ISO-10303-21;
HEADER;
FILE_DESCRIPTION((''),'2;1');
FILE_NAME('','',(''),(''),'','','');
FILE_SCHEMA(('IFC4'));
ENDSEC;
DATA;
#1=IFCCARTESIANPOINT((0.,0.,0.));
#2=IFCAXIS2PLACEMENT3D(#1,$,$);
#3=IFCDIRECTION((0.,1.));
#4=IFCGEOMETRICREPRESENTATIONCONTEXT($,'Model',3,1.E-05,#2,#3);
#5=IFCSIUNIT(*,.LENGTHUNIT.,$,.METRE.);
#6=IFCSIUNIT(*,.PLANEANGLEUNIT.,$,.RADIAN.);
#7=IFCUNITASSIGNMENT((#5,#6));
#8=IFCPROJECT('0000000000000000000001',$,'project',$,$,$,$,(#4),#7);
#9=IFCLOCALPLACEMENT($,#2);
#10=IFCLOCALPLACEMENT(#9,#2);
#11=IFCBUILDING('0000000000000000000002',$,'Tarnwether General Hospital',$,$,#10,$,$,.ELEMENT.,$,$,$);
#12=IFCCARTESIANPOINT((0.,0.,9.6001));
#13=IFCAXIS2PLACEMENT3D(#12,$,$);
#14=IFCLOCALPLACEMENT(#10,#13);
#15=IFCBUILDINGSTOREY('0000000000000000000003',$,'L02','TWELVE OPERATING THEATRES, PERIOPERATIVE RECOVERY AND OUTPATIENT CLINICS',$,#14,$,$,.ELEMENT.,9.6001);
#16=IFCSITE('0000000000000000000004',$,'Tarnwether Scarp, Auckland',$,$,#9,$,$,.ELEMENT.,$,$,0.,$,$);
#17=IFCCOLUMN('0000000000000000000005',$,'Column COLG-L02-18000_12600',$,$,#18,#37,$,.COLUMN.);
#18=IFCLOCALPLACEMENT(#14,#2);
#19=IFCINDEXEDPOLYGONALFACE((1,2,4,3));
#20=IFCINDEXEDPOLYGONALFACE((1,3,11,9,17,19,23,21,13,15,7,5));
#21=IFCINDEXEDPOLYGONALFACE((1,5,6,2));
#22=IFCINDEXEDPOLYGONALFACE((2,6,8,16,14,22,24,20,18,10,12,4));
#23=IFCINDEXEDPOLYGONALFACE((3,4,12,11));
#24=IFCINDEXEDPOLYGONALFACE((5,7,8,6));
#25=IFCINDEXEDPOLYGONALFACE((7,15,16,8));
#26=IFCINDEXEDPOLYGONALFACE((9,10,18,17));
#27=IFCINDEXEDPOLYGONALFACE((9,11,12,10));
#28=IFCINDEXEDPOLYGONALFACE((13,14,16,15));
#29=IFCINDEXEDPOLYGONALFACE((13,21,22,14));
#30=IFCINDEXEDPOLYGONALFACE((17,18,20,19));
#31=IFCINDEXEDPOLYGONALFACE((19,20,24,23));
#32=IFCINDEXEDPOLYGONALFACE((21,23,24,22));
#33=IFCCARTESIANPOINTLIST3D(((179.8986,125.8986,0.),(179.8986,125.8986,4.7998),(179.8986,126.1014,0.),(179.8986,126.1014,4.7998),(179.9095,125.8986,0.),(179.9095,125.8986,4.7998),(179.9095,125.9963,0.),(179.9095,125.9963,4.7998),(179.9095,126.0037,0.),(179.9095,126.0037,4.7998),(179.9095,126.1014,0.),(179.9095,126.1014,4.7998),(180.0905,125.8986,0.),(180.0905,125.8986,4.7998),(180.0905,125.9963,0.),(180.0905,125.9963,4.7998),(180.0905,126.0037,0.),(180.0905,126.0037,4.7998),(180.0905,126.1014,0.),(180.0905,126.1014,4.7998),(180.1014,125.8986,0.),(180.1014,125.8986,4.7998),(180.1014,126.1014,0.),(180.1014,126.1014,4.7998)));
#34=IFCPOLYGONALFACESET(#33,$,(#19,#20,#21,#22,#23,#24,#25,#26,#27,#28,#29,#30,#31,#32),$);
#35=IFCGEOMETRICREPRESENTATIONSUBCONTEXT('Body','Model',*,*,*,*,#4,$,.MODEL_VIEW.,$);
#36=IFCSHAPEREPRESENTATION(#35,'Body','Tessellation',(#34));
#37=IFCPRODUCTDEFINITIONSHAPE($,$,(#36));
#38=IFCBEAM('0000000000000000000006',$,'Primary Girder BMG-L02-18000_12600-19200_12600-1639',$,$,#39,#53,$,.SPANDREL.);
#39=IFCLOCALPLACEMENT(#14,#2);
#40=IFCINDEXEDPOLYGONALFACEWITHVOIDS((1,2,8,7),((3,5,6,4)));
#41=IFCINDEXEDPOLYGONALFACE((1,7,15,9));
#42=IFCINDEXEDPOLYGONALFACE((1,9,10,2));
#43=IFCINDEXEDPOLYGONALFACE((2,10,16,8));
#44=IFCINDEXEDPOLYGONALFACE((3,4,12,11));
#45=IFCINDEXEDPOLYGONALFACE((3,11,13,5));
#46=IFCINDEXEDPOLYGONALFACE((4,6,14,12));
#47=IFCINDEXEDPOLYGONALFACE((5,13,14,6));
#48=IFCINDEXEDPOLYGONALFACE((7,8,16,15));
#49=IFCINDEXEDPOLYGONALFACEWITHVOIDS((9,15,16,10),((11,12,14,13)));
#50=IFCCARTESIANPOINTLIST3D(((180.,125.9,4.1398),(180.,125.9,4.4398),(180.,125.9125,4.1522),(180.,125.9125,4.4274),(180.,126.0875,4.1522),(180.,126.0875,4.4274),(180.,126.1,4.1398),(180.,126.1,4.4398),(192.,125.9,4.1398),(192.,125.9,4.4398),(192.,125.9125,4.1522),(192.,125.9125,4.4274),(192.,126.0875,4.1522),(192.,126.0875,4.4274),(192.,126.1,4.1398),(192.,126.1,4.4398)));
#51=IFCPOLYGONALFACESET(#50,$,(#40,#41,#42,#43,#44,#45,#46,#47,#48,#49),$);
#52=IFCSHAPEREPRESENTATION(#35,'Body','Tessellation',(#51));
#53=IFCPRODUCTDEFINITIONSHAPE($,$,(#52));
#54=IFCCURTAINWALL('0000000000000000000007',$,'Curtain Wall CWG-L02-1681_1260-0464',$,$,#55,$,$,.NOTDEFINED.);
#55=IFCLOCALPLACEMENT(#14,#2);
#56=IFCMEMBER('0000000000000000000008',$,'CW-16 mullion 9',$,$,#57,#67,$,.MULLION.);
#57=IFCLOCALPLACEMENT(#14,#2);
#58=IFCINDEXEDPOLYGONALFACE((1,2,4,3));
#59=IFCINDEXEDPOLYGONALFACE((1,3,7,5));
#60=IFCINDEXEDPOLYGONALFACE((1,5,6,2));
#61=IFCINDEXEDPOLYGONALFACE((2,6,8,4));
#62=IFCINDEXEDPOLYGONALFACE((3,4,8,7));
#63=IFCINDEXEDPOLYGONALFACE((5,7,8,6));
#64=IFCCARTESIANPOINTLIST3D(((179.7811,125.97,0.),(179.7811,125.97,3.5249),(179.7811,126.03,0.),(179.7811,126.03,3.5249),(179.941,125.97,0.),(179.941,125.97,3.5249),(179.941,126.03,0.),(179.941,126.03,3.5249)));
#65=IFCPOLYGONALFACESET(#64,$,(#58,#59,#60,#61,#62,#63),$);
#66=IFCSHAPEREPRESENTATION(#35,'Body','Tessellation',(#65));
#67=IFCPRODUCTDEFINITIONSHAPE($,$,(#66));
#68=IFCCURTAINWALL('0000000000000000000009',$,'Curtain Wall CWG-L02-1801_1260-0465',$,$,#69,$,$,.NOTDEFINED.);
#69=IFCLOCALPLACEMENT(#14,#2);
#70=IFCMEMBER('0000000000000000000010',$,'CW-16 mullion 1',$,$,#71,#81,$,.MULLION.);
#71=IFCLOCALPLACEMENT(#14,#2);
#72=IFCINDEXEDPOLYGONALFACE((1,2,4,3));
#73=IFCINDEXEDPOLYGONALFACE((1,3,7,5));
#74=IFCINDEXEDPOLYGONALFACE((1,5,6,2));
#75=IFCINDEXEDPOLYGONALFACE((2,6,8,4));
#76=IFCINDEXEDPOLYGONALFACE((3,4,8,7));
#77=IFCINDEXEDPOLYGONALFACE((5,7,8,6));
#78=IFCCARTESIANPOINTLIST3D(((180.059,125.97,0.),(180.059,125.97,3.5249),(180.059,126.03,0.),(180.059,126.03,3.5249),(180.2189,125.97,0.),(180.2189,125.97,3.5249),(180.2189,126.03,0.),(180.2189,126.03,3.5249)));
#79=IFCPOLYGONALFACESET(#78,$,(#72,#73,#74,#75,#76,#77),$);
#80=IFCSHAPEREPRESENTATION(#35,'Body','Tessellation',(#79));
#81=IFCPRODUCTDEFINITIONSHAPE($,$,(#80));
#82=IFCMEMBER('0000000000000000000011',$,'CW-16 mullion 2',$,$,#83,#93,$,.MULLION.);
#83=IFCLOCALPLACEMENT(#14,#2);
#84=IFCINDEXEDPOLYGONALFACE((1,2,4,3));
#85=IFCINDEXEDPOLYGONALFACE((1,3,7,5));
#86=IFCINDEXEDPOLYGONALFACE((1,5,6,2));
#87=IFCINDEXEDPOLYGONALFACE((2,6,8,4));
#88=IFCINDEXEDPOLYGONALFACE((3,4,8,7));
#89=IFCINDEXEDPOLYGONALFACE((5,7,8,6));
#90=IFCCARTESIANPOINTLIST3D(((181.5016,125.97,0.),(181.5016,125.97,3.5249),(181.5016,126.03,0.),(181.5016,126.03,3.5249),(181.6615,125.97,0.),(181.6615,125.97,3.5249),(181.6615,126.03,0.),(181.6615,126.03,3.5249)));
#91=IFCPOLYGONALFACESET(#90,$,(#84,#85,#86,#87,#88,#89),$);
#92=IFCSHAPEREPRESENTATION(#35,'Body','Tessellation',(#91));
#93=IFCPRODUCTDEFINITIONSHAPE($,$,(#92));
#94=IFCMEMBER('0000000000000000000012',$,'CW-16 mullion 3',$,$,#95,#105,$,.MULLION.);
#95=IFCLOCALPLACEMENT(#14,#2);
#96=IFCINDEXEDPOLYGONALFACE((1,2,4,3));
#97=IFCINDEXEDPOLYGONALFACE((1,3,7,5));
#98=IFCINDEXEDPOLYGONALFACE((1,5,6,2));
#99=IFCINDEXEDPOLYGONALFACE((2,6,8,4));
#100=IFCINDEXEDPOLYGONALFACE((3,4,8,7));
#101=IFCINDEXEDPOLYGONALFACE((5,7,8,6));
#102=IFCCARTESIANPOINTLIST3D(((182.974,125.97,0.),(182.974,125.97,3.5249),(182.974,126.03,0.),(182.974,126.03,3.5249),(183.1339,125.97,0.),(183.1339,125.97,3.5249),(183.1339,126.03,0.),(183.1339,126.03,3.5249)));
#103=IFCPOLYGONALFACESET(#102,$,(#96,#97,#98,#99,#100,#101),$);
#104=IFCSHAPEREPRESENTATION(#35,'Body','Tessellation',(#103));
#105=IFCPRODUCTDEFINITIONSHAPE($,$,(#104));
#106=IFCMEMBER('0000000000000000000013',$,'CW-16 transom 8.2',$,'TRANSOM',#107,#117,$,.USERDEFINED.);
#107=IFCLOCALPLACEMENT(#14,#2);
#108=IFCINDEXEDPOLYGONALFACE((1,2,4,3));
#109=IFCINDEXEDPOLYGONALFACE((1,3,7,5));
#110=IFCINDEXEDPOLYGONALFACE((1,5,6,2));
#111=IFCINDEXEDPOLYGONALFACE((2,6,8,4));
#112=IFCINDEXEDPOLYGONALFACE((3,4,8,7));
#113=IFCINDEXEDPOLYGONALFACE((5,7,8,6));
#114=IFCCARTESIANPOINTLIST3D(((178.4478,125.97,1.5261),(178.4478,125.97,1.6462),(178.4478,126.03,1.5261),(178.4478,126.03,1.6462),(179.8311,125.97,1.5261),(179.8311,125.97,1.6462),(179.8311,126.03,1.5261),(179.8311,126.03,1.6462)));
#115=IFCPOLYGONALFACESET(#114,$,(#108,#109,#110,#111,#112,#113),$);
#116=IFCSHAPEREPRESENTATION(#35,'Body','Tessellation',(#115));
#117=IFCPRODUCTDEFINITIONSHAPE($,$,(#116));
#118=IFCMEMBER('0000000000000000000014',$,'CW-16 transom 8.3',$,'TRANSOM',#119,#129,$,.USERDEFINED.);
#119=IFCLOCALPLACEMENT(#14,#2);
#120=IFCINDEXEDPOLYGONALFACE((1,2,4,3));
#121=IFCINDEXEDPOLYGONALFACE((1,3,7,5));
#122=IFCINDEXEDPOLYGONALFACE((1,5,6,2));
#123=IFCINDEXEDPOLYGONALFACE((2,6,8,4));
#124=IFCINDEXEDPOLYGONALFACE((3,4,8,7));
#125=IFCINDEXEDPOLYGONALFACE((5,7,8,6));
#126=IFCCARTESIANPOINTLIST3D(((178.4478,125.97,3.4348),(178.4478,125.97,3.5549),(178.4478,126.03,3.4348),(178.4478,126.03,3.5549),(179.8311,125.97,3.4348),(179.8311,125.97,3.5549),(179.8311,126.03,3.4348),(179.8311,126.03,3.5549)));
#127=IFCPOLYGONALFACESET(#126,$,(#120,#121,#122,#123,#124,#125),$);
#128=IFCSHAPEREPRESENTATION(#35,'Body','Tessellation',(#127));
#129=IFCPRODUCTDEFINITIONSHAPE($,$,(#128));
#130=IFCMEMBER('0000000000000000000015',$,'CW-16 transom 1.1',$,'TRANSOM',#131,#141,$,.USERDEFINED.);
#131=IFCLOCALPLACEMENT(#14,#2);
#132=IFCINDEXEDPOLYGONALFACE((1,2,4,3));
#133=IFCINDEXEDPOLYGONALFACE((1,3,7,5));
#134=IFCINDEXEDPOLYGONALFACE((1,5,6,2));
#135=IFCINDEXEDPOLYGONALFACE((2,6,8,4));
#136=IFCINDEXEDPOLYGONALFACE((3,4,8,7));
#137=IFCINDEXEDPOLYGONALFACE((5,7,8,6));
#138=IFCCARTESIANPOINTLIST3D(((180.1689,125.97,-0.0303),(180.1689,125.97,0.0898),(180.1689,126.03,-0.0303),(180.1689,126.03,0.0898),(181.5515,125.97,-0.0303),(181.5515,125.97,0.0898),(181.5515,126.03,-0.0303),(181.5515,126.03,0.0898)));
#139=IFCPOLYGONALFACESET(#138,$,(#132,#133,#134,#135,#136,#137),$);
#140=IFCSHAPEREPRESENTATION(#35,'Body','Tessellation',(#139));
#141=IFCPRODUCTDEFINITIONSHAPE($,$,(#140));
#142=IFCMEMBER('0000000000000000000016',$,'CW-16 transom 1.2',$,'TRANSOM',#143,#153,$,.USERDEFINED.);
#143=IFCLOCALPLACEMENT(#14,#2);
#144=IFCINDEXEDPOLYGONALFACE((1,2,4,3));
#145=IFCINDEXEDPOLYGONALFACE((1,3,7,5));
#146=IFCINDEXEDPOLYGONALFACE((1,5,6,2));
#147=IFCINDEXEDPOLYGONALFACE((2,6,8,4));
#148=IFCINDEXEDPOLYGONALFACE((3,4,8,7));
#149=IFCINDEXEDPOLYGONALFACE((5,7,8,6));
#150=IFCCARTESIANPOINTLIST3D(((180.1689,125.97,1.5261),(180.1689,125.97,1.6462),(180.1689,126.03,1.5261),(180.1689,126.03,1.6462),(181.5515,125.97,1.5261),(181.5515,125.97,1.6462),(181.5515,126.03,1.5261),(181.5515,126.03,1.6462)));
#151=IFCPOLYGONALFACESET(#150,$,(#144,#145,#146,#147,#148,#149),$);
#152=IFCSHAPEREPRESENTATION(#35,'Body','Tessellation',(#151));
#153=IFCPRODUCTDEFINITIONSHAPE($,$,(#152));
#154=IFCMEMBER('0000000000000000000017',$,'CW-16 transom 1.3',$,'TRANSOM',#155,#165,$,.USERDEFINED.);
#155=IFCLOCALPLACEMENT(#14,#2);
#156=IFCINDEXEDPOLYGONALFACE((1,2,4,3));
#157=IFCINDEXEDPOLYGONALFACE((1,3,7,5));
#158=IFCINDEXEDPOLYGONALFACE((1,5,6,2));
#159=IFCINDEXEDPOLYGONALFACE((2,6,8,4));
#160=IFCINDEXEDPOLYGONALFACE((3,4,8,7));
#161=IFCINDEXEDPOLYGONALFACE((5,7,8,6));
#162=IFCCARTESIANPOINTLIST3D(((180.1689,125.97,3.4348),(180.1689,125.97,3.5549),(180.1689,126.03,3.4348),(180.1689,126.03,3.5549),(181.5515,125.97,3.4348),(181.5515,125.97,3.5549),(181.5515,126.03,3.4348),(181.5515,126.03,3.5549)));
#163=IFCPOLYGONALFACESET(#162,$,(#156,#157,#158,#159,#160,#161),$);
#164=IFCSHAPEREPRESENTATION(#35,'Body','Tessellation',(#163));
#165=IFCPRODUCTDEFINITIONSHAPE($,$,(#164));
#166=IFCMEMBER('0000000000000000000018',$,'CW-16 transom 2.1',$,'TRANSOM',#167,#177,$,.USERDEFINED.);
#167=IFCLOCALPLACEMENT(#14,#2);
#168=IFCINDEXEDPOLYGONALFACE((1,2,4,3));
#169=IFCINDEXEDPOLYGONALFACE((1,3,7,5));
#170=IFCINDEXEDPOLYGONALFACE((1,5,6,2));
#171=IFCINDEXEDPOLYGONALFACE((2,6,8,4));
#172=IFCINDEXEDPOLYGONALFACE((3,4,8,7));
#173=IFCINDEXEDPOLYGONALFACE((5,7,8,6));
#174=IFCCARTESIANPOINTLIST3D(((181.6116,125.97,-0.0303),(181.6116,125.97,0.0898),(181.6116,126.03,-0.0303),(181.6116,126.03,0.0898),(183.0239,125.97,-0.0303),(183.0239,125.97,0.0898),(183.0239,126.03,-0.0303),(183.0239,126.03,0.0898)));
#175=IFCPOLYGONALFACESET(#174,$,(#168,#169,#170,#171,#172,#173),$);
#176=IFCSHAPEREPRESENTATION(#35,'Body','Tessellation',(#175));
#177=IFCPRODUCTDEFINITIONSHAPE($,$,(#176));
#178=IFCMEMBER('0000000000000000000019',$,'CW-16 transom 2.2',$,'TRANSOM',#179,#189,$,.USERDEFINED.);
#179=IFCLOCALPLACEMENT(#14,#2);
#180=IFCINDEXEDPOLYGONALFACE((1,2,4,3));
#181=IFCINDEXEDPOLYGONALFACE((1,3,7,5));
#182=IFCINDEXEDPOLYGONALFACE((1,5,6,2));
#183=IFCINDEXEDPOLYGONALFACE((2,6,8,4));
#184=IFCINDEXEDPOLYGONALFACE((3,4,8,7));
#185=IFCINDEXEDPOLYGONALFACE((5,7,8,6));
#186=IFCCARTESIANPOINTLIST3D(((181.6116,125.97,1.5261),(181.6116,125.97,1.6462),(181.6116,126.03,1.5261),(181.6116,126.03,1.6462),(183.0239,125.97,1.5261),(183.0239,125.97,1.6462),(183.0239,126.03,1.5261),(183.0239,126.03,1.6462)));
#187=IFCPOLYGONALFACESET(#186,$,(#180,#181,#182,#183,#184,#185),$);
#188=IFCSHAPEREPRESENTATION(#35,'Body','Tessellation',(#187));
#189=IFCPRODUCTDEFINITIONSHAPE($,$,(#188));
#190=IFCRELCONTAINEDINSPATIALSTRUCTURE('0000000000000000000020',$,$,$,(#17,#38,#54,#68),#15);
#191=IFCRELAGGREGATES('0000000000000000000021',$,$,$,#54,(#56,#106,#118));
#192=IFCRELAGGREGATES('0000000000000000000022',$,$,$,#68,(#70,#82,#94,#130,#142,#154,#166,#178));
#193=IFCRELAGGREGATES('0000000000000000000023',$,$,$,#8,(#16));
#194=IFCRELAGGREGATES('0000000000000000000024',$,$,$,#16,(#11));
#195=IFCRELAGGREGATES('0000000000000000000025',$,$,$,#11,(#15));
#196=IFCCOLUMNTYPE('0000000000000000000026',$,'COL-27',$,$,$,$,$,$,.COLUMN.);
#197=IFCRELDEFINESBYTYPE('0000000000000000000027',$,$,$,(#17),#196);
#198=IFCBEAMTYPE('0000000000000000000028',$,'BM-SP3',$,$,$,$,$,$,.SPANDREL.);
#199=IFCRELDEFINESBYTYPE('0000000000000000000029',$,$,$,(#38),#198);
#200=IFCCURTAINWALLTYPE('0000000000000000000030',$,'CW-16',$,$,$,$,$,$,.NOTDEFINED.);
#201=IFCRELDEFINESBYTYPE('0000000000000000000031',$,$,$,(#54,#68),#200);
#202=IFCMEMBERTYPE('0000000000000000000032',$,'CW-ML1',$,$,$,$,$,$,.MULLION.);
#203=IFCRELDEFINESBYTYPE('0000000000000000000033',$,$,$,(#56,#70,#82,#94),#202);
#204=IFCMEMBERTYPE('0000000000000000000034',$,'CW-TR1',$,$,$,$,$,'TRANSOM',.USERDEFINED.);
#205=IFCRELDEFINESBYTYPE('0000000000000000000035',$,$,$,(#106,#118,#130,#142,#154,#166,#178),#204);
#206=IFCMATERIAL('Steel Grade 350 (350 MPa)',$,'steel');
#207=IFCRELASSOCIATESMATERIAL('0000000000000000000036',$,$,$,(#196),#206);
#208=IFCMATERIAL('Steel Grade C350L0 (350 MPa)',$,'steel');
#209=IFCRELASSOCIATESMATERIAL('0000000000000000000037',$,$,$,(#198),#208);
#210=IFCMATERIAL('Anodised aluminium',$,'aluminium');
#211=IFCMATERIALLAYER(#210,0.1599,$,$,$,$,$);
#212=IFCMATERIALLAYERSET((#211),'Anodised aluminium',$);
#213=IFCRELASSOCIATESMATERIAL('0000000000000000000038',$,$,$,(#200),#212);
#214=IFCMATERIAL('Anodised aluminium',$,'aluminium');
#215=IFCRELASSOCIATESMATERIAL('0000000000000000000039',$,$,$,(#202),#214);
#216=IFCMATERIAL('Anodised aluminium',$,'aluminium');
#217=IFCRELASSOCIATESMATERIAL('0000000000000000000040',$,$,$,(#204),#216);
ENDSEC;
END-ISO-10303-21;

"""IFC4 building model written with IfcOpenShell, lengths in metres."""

from ifc_helpers import new_model, si_unit, direction, frame, origin, origin_2d, place, context, subcontext, project, spatial, rectangle, hollow_rectangle, i_section, extrude, material, layer, layer_set, material_profile, profile_set, type_object, element, aggregate, save


model = new_model("IFC4")

# Units and contexts
model_context = context("Model", 3, precision=1e-05, world=origin(), true_north=direction((0.0, 1.0)))
body_context = subcontext(model_context, "Body", "Model", "MODEL_VIEW")
ifc_project = project(units=[si_unit("LENGTHUNIT", "METRE"), si_unit("PLANEANGLEUNIT", "RADIAN")], contexts=[model_context])

# Site, building, storey
site_placement = place(None, origin())
site = spatial("IfcSite", under=ifc_project, at=site_placement, Name="Tarnwether Scarp, Auckland", CompositionType="ELEMENT", RefElevation=0.0)
building_placement = place(site_placement, origin())
building = spatial("IfcBuilding", under=site, at=building_placement, Name="Tarnwether General Hospital", CompositionType="ELEMENT")
storey_placement = place(building_placement, frame((0.0, 0.0, 9.6001)))
storey = spatial("IfcBuildingStorey", under=building, at=storey_placement, Name="L02", Description="TWELVE OPERATING THEATRES, PERIOPERATIVE RECOVERY AND OUTPATIENT CLINICS", CompositionType="ELEMENT", Elevation=9.6001)

# Column
ifc_material_1 = material(Name="Steel Grade 350 (350 MPa)", Category="steel")
ifc_material_profile_1 = material_profile(ifc_material_1, i_section(OverallWidth=0.2029, OverallDepth=0.2029, WebThickness=0.0073, FlangeThickness=0.011, at=origin_2d()), Name="200UC46.2")
ifc_profile_set_1 = profile_set([ifc_material_profile_1], Name="Steel Grade 350 (350 MPa)")
column_type = type_object("IfcColumnType", Name="COL-27", PredefinedType="COLUMN", material=ifc_profile_set_1)
column_placement = place(storey_placement, frame((180.0, 126.0, 0.0), z_axis=(0.0, 0.0, 1.0), x_axis=(0.0, 1.0, 0.0)))
element("IfcColumn", 1, at=column_placement, inside=storey, type_object=column_type, Name="Column COLG-L02-18000_12600", PredefinedType="COLUMN", context=body_context, shape_type="SweptSolid", body=[
    extrude(i_section(OverallWidth=0.2029, OverallDepth=0.2029, WebThickness=0.0073, FlangeThickness=0.011, at=origin_2d()), origin(), (0.0, 0.0, 1.0), 4.7998),
])

# Beam
ifc_material_2 = material(Name="Steel Grade C350L0 (350 MPa)", Category="steel")
ifc_material_profile_2 = material_profile(ifc_material_2, hollow_rectangle(XDim=0.2, YDim=0.3, WallThickness=0.0125, at=origin_2d()), Name="RHS300x200x12.5")
ifc_profile_set_2 = profile_set([ifc_material_profile_2], Name="Steel Grade C350L0 (350 MPa)")
beam_type = type_object("IfcBeamType", Name="BM-SP3", PredefinedType="SPANDREL", material=ifc_profile_set_2)
beam_placement = place(storey_placement, frame((180.0, 126.0, 4.2898), z_axis=(1.0, 0.0, 0.0), x_axis=(0.0, 1.0, 0.0)))
element("IfcBeam", 2, at=beam_placement, inside=storey, type_object=beam_type, Name="Primary Girder BMG-L02-18000_12600-19200_12600-1639", PredefinedType="SPANDREL", context=body_context, shape_type="SweptSolid", body=[
    extrude(hollow_rectangle(XDim=0.2, YDim=0.3, WallThickness=0.0125, at=origin_2d()), origin(), (0.0, 0.0, 1.0), 12.0),
])

# Curtain wall, member
ifc_material_3 = material(Name="Anodised aluminium", Category="aluminium")
ifc_layer_1 = layer(ifc_material_3, 0.1599)
ifc_layer_set_1 = layer_set([ifc_layer_1], Name="Anodised aluminium")
curtain_wall_type = type_object("IfcCurtainWallType", Name="CW-16", PredefinedType="NOTDEFINED", material=ifc_layer_set_1)
curtain_wall_1_placement = place(storey_placement, origin())
curtain_wall_1 = element("IfcCurtainWall", 3, at=curtain_wall_1_placement, inside=storey, type_object=curtain_wall_type, Name="Curtain Wall CWG-L02-1681_1260-0464", PredefinedType="NOTDEFINED")
ifc_material_4 = material(Name="Anodised aluminium", Category="aluminium")
ifc_material_profile_3 = material_profile(ifc_material_4, rectangle(XDim=0.0601, YDim=0.1599, at=origin_2d()), Name="ALU-MUL-60x160")
ifc_profile_set_3 = profile_set([ifc_material_profile_3], Name="Anodised aluminium")
member_type_1 = type_object("IfcMemberType", Name="CW-ML1", PredefinedType="MULLION", material=ifc_profile_set_3)
member_1_placement = place(storey_placement, frame((179.8611, 126.0, 0.0), z_axis=(0.0, 0.0, 1.0), x_axis=(0.0, 1.0, 0.0)))
member_1 = element("IfcMember", 4, at=member_1_placement, type_object=member_type_1, Name="CW-16 mullion 9", PredefinedType="MULLION", context=body_context, shape_type="SweptSolid", body=[
    extrude(rectangle(XDim=0.0601, YDim=0.1599, at=origin_2d()), origin(), (0.0, 0.0, 1.0), 3.5249),
])

# Curtain wall, members
curtain_wall_2_placement = place(storey_placement, origin())
curtain_wall_2 = element("IfcCurtainWall", 5, at=curtain_wall_2_placement, inside=storey, type_object=curtain_wall_type, Name="Curtain Wall CWG-L02-1801_1260-0465", PredefinedType="NOTDEFINED")
member_2_placement = place(storey_placement, frame((180.1389, 126.0, 0.0), z_axis=(0.0, 0.0, 1.0), x_axis=(0.0, 1.0, 0.0)))
member_2 = element("IfcMember", 6, at=member_2_placement, type_object=member_type_1, Name="CW-16 mullion 1", PredefinedType="MULLION", context=body_context, shape_type="SweptSolid", body=[
    extrude(rectangle(XDim=0.0601, YDim=0.1599, at=origin_2d()), origin(), (0.0, 0.0, 1.0), 3.5249),
])
member_3_placement = place(storey_placement, frame((181.5815, 126.0, 0.0), z_axis=(0.0, 0.0, 1.0), x_axis=(0.0, 1.0, 0.0)))
member_3 = element("IfcMember", 7, at=member_3_placement, type_object=member_type_1, Name="CW-16 mullion 2", PredefinedType="MULLION", context=body_context, shape_type="SweptSolid", body=[
    extrude(rectangle(XDim=0.0601, YDim=0.1599, at=origin_2d()), origin(), (0.0, 0.0, 1.0), 3.5249),
])
member_4_placement = place(storey_placement, frame((183.054, 126.0, 0.0), z_axis=(0.0, 0.0, 1.0), x_axis=(0.0, 1.0, 0.0)))
member_4 = element("IfcMember", 8, at=member_4_placement, type_object=member_type_1, Name="CW-16 mullion 3", PredefinedType="MULLION", context=body_context, shape_type="SweptSolid", body=[
    extrude(rectangle(XDim=0.0601, YDim=0.1599, at=origin_2d()), origin(), (0.0, 0.0, 1.0), 3.5249),
])

# Members
ifc_material_5 = material(Name="Anodised aluminium", Category="aluminium")
ifc_material_profile_4 = material_profile(ifc_material_5, rectangle(XDim=0.0601, YDim=0.1201, at=origin_2d()), Name="ALU-TRN-60x120")
ifc_profile_set_4 = profile_set([ifc_material_profile_4], Name="Anodised aluminium")
member_type_2 = type_object("IfcMemberType", Name="CW-TR1", ElementType="TRANSOM", PredefinedType="USERDEFINED", material=ifc_profile_set_4)
member_5_placement = place(storey_placement, frame((178.4478, 126.0, 1.5862), z_axis=(1.0, 0.0, 0.0), x_axis=(0.0, 1.0, 0.0)))
member_5 = element("IfcMember", 9, at=member_5_placement, type_object=member_type_2, Name="CW-16 transom 8.2", ObjectType="TRANSOM", PredefinedType="USERDEFINED", context=body_context, shape_type="SweptSolid", body=[
    extrude(rectangle(XDim=0.0601, YDim=0.1201, at=origin_2d()), origin(), (0.0, 0.0, 1.0), 1.3833),
])
member_6_placement = place(storey_placement, frame((178.4478, 126.0, 3.4949), z_axis=(1.0, 0.0, 0.0), x_axis=(0.0, 1.0, 0.0)))
member_6 = element("IfcMember", 10, at=member_6_placement, type_object=member_type_2, Name="CW-16 transom 8.3", ObjectType="TRANSOM", PredefinedType="USERDEFINED", context=body_context, shape_type="SweptSolid", body=[
    extrude(rectangle(XDim=0.0601, YDim=0.1201, at=origin_2d()), origin(), (0.0, 0.0, 1.0), 1.3833),
])
member_7_placement = place(storey_placement, frame((180.1689, 126.0, 0.0298), z_axis=(1.0, 0.0, 0.0), x_axis=(0.0, 1.0, 0.0)))
member_7 = element("IfcMember", 11, at=member_7_placement, type_object=member_type_2, Name="CW-16 transom 1.1", ObjectType="TRANSOM", PredefinedType="USERDEFINED", context=body_context, shape_type="SweptSolid", body=[
    extrude(rectangle(XDim=0.0601, YDim=0.1201, at=origin_2d()), origin(), (0.0, 0.0, 1.0), 1.3826),
])
member_8_placement = place(storey_placement, frame((180.1689, 126.0, 1.5862), z_axis=(1.0, 0.0, 0.0), x_axis=(0.0, 1.0, 0.0)))
member_8 = element("IfcMember", 12, at=member_8_placement, type_object=member_type_2, Name="CW-16 transom 1.2", ObjectType="TRANSOM", PredefinedType="USERDEFINED", context=body_context, shape_type="SweptSolid", body=[
    extrude(rectangle(XDim=0.0601, YDim=0.1201, at=origin_2d()), origin(), (0.0, 0.0, 1.0), 1.3826),
])
member_9_placement = place(storey_placement, frame((180.1689, 126.0, 3.4949), z_axis=(1.0, 0.0, 0.0), x_axis=(0.0, 1.0, 0.0)))
member_9 = element("IfcMember", 13, at=member_9_placement, type_object=member_type_2, Name="CW-16 transom 1.3", ObjectType="TRANSOM", PredefinedType="USERDEFINED", context=body_context, shape_type="SweptSolid", body=[
    extrude(rectangle(XDim=0.0601, YDim=0.1201, at=origin_2d()), origin(), (0.0, 0.0, 1.0), 1.3826),
])
member_10_placement = place(storey_placement, frame((181.6116, 126.0, 0.0298), z_axis=(1.0, 0.0, 0.0), x_axis=(0.0, 1.0, 0.0)))
member_10 = element("IfcMember", 14, at=member_10_placement, type_object=member_type_2, Name="CW-16 transom 2.1", ObjectType="TRANSOM", PredefinedType="USERDEFINED", context=body_context, shape_type="SweptSolid", body=[
    extrude(rectangle(XDim=0.0601, YDim=0.1201, at=origin_2d()), origin(), (0.0, 0.0, 1.0), 1.4124),
])
member_11_placement = place(storey_placement, frame((181.6116, 126.0, 1.5862), z_axis=(1.0, 0.0, 0.0), x_axis=(0.0, 1.0, 0.0)))
member_11 = element("IfcMember", 15, at=member_11_placement, type_object=member_type_2, Name="CW-16 transom 2.2", ObjectType="TRANSOM", PredefinedType="USERDEFINED", context=body_context, shape_type="SweptSolid", body=[
    extrude(rectangle(XDim=0.0601, YDim=0.1201, at=origin_2d()), origin(), (0.0, 0.0, 1.0), 1.4124),
])

aggregate(curtain_wall_1, [member_1, member_5, member_6])
aggregate(curtain_wall_2, [member_2, member_3, member_4, member_7, member_8, member_9, member_10, member_11])

save(model, "model.ifc")
